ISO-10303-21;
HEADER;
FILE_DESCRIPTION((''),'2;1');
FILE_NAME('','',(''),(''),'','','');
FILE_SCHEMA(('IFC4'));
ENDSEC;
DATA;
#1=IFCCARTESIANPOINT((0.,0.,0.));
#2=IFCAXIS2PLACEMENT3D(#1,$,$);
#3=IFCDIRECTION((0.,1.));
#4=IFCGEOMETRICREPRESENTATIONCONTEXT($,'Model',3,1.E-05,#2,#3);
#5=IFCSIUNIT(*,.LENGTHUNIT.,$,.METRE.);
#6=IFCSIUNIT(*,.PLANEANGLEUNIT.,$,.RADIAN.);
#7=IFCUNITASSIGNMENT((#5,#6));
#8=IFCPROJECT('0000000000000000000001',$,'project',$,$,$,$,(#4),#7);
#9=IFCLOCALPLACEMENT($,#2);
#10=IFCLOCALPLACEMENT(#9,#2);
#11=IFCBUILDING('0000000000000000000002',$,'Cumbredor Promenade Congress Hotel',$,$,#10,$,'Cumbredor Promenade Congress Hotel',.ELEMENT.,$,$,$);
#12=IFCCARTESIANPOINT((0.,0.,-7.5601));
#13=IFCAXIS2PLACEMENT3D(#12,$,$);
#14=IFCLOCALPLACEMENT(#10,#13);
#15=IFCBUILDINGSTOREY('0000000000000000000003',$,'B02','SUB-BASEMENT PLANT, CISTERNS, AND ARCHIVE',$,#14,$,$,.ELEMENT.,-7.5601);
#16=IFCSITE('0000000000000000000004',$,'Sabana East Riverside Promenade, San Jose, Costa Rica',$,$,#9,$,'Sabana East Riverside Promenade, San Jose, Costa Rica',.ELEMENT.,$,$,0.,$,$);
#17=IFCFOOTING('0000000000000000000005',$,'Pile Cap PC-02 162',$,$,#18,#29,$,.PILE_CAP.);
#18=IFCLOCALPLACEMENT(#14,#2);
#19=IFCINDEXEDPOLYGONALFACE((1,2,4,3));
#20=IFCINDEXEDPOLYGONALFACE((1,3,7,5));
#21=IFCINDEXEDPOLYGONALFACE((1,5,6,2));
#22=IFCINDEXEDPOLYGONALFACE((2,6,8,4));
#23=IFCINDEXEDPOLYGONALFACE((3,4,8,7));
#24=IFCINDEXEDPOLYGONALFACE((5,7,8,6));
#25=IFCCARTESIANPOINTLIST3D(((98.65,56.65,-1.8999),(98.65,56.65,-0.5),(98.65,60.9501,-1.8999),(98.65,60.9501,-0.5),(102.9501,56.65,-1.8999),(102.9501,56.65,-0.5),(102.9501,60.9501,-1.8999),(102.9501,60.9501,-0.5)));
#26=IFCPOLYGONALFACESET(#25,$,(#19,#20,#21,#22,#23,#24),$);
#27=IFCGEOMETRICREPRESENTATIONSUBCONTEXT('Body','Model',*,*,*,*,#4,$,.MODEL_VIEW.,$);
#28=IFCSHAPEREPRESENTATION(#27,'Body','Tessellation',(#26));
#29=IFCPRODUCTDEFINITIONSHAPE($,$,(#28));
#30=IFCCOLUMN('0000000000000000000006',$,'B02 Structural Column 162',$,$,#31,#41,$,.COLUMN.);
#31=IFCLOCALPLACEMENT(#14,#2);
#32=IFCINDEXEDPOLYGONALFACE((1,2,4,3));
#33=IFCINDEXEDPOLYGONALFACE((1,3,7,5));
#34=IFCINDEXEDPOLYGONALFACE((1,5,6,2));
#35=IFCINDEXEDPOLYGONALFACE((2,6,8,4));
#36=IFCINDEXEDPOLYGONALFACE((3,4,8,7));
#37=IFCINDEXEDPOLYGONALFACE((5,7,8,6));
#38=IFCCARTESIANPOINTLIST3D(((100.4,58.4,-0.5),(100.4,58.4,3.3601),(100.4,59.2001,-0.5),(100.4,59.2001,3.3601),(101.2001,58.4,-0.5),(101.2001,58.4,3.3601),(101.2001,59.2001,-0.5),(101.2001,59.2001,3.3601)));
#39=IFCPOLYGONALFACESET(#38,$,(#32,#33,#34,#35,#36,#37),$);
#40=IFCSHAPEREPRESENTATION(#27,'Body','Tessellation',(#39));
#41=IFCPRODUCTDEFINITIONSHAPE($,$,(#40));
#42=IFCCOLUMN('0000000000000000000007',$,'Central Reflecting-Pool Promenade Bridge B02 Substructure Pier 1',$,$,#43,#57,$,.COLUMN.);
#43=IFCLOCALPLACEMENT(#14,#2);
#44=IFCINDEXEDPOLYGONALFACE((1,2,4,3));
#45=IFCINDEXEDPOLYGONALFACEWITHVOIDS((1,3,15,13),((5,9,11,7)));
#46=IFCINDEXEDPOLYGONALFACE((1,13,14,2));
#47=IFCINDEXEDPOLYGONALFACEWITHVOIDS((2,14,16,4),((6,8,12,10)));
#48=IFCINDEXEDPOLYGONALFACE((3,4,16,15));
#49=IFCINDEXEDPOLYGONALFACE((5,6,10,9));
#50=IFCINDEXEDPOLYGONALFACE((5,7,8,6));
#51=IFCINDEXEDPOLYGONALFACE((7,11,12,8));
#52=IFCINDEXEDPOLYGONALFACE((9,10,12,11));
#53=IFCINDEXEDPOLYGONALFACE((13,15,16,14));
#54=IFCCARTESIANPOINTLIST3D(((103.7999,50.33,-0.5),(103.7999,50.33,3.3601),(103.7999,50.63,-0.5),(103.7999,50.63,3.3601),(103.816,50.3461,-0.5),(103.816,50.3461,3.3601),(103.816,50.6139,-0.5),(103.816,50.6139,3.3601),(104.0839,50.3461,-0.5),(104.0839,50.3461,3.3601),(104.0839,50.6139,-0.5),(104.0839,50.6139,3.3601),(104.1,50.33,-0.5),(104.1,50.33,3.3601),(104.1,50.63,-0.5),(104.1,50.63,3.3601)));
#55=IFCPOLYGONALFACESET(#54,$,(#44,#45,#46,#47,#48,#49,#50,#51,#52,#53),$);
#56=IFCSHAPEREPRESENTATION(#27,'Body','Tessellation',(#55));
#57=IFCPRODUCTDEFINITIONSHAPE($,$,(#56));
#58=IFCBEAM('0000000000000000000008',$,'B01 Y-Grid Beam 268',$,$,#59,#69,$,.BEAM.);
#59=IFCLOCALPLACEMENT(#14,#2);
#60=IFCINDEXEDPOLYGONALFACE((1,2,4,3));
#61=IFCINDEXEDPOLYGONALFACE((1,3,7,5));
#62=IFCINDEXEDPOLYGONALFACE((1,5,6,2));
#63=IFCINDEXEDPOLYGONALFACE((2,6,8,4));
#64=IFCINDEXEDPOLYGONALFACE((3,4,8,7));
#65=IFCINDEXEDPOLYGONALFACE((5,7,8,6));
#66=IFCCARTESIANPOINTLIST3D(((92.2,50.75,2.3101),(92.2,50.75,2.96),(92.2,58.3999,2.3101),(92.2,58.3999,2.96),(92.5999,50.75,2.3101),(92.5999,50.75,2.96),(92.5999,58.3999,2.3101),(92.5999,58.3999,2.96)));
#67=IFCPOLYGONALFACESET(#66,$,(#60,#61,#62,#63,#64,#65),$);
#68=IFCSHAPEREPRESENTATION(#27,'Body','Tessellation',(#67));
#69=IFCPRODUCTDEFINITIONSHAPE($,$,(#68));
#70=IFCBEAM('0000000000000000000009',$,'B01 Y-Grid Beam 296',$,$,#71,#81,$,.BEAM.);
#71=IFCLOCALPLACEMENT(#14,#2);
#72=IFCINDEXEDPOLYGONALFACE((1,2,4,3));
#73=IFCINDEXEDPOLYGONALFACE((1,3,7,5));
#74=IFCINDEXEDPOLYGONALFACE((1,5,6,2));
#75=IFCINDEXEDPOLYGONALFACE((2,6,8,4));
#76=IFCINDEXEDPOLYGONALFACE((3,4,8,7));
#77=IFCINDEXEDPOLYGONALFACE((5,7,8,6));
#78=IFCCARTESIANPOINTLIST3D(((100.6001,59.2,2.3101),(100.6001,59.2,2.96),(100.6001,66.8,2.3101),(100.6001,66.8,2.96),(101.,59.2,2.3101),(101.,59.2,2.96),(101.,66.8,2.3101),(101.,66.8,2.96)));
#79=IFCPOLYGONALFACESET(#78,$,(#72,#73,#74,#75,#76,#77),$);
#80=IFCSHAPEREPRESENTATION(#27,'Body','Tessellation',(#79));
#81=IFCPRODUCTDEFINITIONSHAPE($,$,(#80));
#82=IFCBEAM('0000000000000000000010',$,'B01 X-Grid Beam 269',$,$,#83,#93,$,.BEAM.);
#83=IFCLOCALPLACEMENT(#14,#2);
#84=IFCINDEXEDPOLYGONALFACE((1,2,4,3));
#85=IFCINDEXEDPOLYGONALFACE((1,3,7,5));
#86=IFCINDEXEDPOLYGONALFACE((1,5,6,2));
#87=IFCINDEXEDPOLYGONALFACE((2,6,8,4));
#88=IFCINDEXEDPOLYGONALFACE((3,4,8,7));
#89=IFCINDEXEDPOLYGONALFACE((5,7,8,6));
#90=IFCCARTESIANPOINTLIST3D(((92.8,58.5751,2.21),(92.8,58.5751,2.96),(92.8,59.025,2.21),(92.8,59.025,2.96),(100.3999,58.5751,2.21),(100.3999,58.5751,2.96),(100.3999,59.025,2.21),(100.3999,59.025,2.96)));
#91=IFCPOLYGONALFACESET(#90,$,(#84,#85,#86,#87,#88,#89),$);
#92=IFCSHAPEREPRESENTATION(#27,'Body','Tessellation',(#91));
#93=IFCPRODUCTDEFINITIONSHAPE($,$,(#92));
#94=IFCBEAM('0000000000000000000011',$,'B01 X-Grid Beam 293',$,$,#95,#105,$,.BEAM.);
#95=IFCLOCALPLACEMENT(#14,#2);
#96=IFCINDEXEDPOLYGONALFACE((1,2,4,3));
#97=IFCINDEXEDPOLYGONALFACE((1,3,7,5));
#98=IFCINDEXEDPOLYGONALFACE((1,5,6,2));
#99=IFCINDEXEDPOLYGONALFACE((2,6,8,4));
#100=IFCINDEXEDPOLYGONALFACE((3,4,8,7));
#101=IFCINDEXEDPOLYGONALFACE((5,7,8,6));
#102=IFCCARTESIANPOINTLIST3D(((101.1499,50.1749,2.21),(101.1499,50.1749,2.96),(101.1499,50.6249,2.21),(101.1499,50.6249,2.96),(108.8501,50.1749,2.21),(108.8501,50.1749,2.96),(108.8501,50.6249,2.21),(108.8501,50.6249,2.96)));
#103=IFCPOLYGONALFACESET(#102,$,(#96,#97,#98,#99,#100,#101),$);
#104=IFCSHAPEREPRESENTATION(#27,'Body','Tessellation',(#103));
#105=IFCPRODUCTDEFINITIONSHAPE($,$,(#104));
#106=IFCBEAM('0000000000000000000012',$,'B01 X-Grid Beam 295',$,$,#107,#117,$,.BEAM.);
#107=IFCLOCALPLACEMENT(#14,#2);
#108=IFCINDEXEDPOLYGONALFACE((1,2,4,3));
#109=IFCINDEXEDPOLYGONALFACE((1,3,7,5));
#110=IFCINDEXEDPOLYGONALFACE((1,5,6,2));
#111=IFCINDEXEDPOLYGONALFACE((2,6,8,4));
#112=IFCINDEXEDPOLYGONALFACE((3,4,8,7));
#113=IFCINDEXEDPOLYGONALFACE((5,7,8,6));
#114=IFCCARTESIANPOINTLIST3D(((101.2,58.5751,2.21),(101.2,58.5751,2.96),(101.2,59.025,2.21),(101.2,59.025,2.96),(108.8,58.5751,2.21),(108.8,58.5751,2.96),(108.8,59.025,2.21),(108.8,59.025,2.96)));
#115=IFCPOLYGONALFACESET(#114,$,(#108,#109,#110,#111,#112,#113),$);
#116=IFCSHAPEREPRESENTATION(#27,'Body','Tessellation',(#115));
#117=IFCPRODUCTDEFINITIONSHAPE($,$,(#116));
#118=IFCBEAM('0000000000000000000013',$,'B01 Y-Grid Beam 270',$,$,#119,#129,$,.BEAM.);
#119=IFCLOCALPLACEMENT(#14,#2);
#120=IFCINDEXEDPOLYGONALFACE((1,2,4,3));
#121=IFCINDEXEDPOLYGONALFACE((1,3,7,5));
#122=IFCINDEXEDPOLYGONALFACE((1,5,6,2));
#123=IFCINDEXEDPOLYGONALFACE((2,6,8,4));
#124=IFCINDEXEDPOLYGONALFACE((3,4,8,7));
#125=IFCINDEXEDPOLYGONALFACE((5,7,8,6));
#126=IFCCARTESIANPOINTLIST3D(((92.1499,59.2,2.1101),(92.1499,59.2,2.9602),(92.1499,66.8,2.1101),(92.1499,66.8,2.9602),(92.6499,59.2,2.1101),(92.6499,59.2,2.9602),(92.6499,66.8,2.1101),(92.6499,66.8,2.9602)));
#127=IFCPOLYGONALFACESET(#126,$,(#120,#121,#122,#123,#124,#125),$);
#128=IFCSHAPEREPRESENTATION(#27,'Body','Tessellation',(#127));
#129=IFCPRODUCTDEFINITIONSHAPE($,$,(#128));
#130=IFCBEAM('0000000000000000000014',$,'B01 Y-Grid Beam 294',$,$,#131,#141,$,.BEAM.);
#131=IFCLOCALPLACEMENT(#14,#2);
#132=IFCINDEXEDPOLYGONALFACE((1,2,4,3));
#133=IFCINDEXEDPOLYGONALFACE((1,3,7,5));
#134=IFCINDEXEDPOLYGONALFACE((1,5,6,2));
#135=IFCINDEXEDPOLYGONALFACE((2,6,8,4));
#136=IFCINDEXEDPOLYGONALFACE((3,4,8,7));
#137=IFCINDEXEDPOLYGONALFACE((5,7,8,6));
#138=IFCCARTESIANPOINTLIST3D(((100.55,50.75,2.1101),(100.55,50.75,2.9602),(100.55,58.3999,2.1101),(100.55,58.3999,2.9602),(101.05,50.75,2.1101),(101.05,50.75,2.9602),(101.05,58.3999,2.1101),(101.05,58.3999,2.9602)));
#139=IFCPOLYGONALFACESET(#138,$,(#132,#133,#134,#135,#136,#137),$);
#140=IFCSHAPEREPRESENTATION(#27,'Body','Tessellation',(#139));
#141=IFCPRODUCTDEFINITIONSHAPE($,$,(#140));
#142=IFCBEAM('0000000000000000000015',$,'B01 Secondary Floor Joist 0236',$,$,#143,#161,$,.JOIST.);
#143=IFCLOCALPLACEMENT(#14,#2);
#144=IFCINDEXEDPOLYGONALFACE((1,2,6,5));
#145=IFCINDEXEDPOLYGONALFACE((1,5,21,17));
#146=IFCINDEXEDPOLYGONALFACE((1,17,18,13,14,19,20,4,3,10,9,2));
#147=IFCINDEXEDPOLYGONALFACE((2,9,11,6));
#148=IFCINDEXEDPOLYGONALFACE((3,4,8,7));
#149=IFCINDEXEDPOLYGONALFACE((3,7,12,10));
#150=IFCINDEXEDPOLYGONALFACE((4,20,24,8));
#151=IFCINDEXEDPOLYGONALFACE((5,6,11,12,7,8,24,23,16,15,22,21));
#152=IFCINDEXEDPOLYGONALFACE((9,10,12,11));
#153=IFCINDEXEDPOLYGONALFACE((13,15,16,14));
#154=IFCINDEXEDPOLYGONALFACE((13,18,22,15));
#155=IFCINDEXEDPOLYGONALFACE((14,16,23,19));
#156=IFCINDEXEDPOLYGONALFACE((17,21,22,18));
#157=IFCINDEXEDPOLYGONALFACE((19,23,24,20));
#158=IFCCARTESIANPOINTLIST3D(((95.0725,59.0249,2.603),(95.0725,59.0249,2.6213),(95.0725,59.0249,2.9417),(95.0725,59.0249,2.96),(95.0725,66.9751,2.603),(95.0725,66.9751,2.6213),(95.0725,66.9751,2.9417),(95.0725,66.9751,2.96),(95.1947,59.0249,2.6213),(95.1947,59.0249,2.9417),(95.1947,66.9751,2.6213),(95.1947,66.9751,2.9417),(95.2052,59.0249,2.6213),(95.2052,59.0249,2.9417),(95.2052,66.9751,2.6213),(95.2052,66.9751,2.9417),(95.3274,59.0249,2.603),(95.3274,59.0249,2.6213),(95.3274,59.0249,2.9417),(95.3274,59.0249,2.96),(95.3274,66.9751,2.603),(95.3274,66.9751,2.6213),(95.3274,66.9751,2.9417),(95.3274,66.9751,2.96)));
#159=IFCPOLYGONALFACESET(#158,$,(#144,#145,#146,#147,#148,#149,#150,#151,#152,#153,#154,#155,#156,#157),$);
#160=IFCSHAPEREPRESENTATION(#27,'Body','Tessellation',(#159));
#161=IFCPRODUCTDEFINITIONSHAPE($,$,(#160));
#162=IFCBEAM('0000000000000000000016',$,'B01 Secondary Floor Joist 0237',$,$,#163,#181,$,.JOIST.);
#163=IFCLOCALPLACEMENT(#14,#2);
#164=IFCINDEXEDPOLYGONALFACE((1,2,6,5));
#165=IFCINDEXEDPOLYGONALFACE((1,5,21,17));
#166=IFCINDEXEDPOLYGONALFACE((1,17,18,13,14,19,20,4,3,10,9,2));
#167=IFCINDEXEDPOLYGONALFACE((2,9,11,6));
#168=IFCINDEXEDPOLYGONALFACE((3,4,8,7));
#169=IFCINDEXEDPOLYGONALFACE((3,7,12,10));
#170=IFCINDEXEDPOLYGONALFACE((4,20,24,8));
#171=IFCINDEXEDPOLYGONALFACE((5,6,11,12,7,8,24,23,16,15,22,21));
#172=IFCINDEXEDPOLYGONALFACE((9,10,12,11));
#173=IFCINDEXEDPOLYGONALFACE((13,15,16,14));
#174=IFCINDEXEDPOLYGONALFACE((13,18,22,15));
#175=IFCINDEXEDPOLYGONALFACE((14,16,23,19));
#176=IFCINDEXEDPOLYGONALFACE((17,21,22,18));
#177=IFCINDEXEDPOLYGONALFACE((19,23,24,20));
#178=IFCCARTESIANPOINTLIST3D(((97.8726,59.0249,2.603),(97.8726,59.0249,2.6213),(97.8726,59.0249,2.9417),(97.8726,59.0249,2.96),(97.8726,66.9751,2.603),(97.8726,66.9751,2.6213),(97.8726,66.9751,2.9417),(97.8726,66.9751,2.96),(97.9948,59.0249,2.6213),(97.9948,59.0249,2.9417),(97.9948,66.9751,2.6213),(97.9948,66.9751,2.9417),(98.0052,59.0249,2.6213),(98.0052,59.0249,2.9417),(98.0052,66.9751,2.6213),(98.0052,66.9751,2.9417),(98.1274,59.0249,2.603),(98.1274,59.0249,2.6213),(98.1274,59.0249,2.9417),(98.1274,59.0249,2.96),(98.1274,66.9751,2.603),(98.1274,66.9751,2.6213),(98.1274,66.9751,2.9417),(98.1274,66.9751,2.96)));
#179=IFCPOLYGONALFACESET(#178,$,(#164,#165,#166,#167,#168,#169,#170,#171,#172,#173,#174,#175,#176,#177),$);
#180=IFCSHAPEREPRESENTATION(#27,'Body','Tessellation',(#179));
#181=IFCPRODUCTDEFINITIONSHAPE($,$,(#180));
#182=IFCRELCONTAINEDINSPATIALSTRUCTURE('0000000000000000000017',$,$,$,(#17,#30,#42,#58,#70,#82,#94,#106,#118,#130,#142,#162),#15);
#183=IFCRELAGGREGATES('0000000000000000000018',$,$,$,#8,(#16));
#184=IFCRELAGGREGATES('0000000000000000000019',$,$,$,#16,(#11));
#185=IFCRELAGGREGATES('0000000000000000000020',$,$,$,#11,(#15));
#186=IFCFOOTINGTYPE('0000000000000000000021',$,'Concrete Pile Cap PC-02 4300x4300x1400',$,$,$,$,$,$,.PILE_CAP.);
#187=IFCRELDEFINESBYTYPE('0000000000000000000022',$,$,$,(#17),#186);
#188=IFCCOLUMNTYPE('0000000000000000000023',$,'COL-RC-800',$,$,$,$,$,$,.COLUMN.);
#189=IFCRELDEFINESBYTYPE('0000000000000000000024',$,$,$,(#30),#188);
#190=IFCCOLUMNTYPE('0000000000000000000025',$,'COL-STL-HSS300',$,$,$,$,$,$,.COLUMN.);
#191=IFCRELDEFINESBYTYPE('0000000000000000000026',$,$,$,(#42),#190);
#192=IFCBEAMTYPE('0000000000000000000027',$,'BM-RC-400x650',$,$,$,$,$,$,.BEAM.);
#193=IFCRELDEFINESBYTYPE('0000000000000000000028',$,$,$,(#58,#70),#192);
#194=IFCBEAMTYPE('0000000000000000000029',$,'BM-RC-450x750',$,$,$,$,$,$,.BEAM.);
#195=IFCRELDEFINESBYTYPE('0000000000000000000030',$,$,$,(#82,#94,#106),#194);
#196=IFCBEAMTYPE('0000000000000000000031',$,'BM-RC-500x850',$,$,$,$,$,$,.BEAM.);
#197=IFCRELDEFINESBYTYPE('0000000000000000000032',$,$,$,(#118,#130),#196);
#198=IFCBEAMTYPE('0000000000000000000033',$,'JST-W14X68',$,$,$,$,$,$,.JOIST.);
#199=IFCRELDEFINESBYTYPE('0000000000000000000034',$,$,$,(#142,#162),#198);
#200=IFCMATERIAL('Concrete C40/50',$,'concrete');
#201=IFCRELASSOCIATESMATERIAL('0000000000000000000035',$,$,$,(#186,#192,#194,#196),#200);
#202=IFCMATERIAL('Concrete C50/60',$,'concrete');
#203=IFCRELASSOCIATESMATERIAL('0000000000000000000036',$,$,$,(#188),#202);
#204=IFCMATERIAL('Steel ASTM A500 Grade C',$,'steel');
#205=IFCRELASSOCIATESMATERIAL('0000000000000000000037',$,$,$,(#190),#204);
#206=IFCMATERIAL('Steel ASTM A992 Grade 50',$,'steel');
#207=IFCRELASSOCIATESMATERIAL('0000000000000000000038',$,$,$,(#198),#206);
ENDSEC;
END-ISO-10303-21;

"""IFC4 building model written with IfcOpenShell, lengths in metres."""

from ifc_helpers import new_model, si_unit, direction, frame, origin, origin_2d, place, context, subcontext, project, spatial, rectangle, hollow_rectangle, i_section, extrude, material, material_profile, profile_set, type_object, element, save


model = new_model("IFC4")

# Units and contexts
model_context = context("Model", 3, precision=1e-05, world=origin(), true_north=direction((0.0, 1.0)))
body_context = subcontext(model_context, "Body", "Model", "MODEL_VIEW")
ifc_project = project(units=[si_unit("LENGTHUNIT", "METRE"), si_unit("PLANEANGLEUNIT", "RADIAN")], contexts=[model_context])

# Site, building, storey
site_placement = place(None, origin())
site = spatial("IfcSite", under=ifc_project, at=site_placement, Name="Sabana East Riverside Promenade, San Jose, Costa Rica", LongName="Sabana East Riverside Promenade, San Jose, Costa Rica", CompositionType="ELEMENT", RefElevation=0.0)
building_placement = place(site_placement, origin())
building = spatial("IfcBuilding", under=site, at=building_placement, Name="Cumbredor Promenade Congress Hotel", LongName="Cumbredor Promenade Congress Hotel", CompositionType="ELEMENT")
storey_placement = place(building_placement, frame((0.0, 0.0, -7.5601)))
storey = spatial("IfcBuildingStorey", under=building, at=storey_placement, Name="B02", Description="SUB-BASEMENT PLANT, CISTERNS, AND ARCHIVE", CompositionType="ELEMENT", Elevation=-7.5601)

# Shared definitions
ifc_material_1 = material(Name="Concrete C40/50", Category="concrete")

# Footing
footing_type_1 = type_object("IfcFootingType", Name="Concrete Pile Cap PC-02 4300x4300x1400", PredefinedType="PILE_CAP", material=ifc_material_1)
footing_1_placement = place(storey_placement, frame((100.8, 58.8, -1.8999), z_axis=(0.0, 0.0, 1.0), x_axis=(1.0, 0.0, 0.0)))
element("IfcFooting", 1, at=footing_1_placement, inside=storey, type_object=footing_type_1, Name="Pile Cap PC-02 162", PredefinedType="PILE_CAP", context=body_context, shape_type="SweptSolid", body=[
    extrude(rectangle(XDim=4.3, YDim=4.3, at=origin_2d()), origin(), (0.0, 0.0, 1.0), 1.3999),
])

# Columns
ifc_material_2 = material(Name="Concrete C50/60", Category="concrete")
ifc_material_profile_1 = material_profile(ifc_material_2, rectangle(XDim=0.8, YDim=0.8, at=origin_2d()), Name="RC 800x800")
ifc_profile_set_1 = profile_set([ifc_material_profile_1], Name="Concrete C50/60")
column_type_1 = type_object("IfcColumnType", Name="COL-RC-800", PredefinedType="COLUMN", material=ifc_profile_set_1)
column_1_placement = place(storey_placement, frame((100.8, 58.8, -0.5), z_axis=(0.0, 0.0, 1.0), x_axis=(1.0, 0.0, 0.0)))
element("IfcColumn", 2, at=column_1_placement, inside=storey, type_object=column_type_1, Name="B02 Structural Column 162", PredefinedType="COLUMN", context=body_context, shape_type="SweptSolid", body=[
    extrude(rectangle(XDim=0.8, YDim=0.8, at=origin_2d()), origin(), (0.0, 0.0, 1.0), 3.8601),
])
ifc_material_3 = material(Name="Steel ASTM A500 Grade C", Category="steel")
ifc_material_profile_2 = material_profile(ifc_material_3, hollow_rectangle(XDim=0.3, YDim=0.3, WallThickness=0.0161, at=origin_2d()), Name="HSS 300x300x16")
ifc_profile_set_2 = profile_set([ifc_material_profile_2], Name="Steel ASTM A500 Grade C")
column_type_2 = type_object("IfcColumnType", Name="COL-STL-HSS300", PredefinedType="COLUMN", material=ifc_profile_set_2)
column_2_placement = place(storey_placement, frame((103.95, 50.48, -0.5), z_axis=(0.0, 0.0, 1.0), x_axis=(1.0, 0.0, 0.0)))
element("IfcColumn", 3, at=column_2_placement, inside=storey, type_object=column_type_2, Name="Central Reflecting-Pool Promenade Bridge B02 Substructure Pier 1", PredefinedType="COLUMN", context=body_context, shape_type="SweptSolid", body=[
    extrude(hollow_rectangle(XDim=0.3, YDim=0.3, WallThickness=0.0161, at=origin_2d()), origin(), (0.0, 0.0, 1.0), 3.8601),
])

# Beams
ifc_material_profile_3 = material_profile(ifc_material_1, rectangle(XDim=0.3999, YDim=0.6499, at=origin_2d()), Name="RC BEAM 400x650")
ifc_profile_set_3 = profile_set([ifc_material_profile_3], Name="Concrete C40/50")
beam_type_1 = type_object("IfcBeamType", Name="BM-RC-400x650", PredefinedType="BEAM", material=ifc_profile_set_3)
beam_1_placement = place(storey_placement, frame((92.3999, 50.75, 2.635), z_axis=(0.0, 1.0, 0.0), x_axis=(-1.0, 0.0, 0.0)))
element("IfcBeam", 4, at=beam_1_placement, inside=storey, type_object=beam_type_1, Name="B01 Y-Grid Beam 268", PredefinedType="BEAM", context=body_context, shape_type="SweptSolid", body=[
    extrude(rectangle(XDim=0.3999, YDim=0.6499, at=origin_2d()), origin(), (0.0, 0.0, 1.0), 7.6499),
])
beam_2_placement = place(storey_placement, frame((100.8, 59.2, 2.635), z_axis=(0.0, 1.0, 0.0), x_axis=(-1.0, 0.0, 0.0)))
element("IfcBeam", 5, at=beam_2_placement, inside=storey, type_object=beam_type_1, Name="B01 Y-Grid Beam 296", PredefinedType="BEAM", context=body_context, shape_type="SweptSolid", body=[
    extrude(rectangle(XDim=0.3999, YDim=0.6499, at=origin_2d()), origin(), (0.0, 0.0, 1.0), 7.6001),
])
ifc_material_profile_4 = material_profile(ifc_material_1, rectangle(XDim=0.45, YDim=0.75, at=origin_2d()), Name="RC BEAM 450x750")
ifc_profile_set_4 = profile_set([ifc_material_profile_4], Name="Concrete C40/50")
beam_type_2 = type_object("IfcBeamType", Name="BM-RC-450x750", PredefinedType="BEAM", material=ifc_profile_set_4)
beam_3_placement = place(storey_placement, frame((92.8, 58.8, 2.585), z_axis=(1.0, 0.0, 0.0), x_axis=(0.0, 1.0, 0.0)))
element("IfcBeam", 6, at=beam_3_placement, inside=storey, type_object=beam_type_2, Name="B01 X-Grid Beam 269", PredefinedType="BEAM", context=body_context, shape_type="SweptSolid", body=[
    extrude(rectangle(XDim=0.45, YDim=0.75, at=origin_2d()), origin(), (0.0, 0.0, 1.0), 7.5999),
])
beam_4_placement = place(storey_placement, frame((101.1499, 50.3999, 2.585), z_axis=(1.0, 0.0, 0.0), x_axis=(0.0, 1.0, 0.0)))
element("IfcBeam", 7, at=beam_4_placement, inside=storey, type_object=beam_type_2, Name="B01 X-Grid Beam 293", PredefinedType="BEAM", context=body_context, shape_type="SweptSolid", body=[
    extrude(rectangle(XDim=0.45, YDim=0.75, at=origin_2d()), origin(), (0.0, 0.0, 1.0), 7.7002),
])
beam_5_placement = place(storey_placement, frame((101.2, 58.8, 2.585), z_axis=(1.0, 0.0, 0.0), x_axis=(0.0, 1.0, 0.0)))
element("IfcBeam", 8, at=beam_5_placement, inside=storey, type_object=beam_type_2, Name="B01 X-Grid Beam 295", PredefinedType="BEAM", context=body_context, shape_type="SweptSolid", body=[
    extrude(rectangle(XDim=0.45, YDim=0.75, at=origin_2d()), origin(), (0.0, 0.0, 1.0), 7.6001),
])
ifc_material_profile_5 = material_profile(ifc_material_1, rectangle(XDim=0.5, YDim=0.8501, at=origin_2d()), Name="RC BEAM 500x850")
ifc_profile_set_5 = profile_set([ifc_material_profile_5], Name="Concrete C40/50")
beam_type_3 = type_object("IfcBeamType", Name="BM-RC-500x850", PredefinedType="BEAM", material=ifc_profile_set_5)
beam_6_placement = place(storey_placement, frame((92.3999, 59.2, 2.5352), z_axis=(0.0, 1.0, 0.0), x_axis=(-1.0, 0.0, 0.0)))
element("IfcBeam", 9, at=beam_6_placement, inside=storey, type_object=beam_type_3, Name="B01 Y-Grid Beam 270", PredefinedType="BEAM", context=body_context, shape_type="SweptSolid", body=[
    extrude(rectangle(XDim=0.5, YDim=0.8501, at=origin_2d()), origin(), (0.0, 0.0, 1.0), 7.6001),
])
beam_7_placement = place(storey_placement, frame((100.8, 50.75, 2.5352), z_axis=(0.0, 1.0, 0.0), x_axis=(-1.0, 0.0, 0.0)))
element("IfcBeam", 10, at=beam_7_placement, inside=storey, type_object=beam_type_3, Name="B01 Y-Grid Beam 294", PredefinedType="BEAM", context=body_context, shape_type="SweptSolid", body=[
    extrude(rectangle(XDim=0.5, YDim=0.8501, at=origin_2d()), origin(), (0.0, 0.0, 1.0), 7.6499),
])
ifc_material_4 = material(Name="Steel ASTM A992 Grade 50", Category="steel")
ifc_material_profile_6 = material_profile(ifc_material_4, i_section(OverallWidth=0.2549, OverallDepth=0.3569, WebThickness=0.0105, FlangeThickness=0.0183, at=origin_2d()), Name="W14X68")
ifc_profile_set_6 = profile_set([ifc_material_profile_6], Name="Steel ASTM A992 Grade 50")
beam_type_4 = type_object("IfcBeamType", Name="JST-W14X68", PredefinedType="JOIST", material=ifc_profile_set_6)
for number, where, z_axis, x_axis, name in (
    (11, (95.2, 59.0249, 2.7815), (0.0, 1.0, 0.0), (-1.0, 0.0, 0.0), "B01 Secondary Floor Joist 0236"),
    (12, (98.0, 59.0249, 2.7815), (0.0, 1.0, 0.0), (-1.0, 0.0, 0.0), "B01 Secondary Floor Joist 0237"),
):
    element("IfcBeam", number, at=place(storey_placement, frame(where, z_axis=z_axis, x_axis=x_axis)), inside=storey, type_object=beam_type_4, Name=name, PredefinedType="JOIST", context=body_context, shape_type="SweptSolid", body=[
        extrude(i_section(OverallWidth=0.2549, OverallDepth=0.3569, WebThickness=0.0105, FlangeThickness=0.0183, at=origin_2d()), origin(), (0.0, 0.0, 1.0), 7.9502),
    ])

save(model, "model.ifc")
